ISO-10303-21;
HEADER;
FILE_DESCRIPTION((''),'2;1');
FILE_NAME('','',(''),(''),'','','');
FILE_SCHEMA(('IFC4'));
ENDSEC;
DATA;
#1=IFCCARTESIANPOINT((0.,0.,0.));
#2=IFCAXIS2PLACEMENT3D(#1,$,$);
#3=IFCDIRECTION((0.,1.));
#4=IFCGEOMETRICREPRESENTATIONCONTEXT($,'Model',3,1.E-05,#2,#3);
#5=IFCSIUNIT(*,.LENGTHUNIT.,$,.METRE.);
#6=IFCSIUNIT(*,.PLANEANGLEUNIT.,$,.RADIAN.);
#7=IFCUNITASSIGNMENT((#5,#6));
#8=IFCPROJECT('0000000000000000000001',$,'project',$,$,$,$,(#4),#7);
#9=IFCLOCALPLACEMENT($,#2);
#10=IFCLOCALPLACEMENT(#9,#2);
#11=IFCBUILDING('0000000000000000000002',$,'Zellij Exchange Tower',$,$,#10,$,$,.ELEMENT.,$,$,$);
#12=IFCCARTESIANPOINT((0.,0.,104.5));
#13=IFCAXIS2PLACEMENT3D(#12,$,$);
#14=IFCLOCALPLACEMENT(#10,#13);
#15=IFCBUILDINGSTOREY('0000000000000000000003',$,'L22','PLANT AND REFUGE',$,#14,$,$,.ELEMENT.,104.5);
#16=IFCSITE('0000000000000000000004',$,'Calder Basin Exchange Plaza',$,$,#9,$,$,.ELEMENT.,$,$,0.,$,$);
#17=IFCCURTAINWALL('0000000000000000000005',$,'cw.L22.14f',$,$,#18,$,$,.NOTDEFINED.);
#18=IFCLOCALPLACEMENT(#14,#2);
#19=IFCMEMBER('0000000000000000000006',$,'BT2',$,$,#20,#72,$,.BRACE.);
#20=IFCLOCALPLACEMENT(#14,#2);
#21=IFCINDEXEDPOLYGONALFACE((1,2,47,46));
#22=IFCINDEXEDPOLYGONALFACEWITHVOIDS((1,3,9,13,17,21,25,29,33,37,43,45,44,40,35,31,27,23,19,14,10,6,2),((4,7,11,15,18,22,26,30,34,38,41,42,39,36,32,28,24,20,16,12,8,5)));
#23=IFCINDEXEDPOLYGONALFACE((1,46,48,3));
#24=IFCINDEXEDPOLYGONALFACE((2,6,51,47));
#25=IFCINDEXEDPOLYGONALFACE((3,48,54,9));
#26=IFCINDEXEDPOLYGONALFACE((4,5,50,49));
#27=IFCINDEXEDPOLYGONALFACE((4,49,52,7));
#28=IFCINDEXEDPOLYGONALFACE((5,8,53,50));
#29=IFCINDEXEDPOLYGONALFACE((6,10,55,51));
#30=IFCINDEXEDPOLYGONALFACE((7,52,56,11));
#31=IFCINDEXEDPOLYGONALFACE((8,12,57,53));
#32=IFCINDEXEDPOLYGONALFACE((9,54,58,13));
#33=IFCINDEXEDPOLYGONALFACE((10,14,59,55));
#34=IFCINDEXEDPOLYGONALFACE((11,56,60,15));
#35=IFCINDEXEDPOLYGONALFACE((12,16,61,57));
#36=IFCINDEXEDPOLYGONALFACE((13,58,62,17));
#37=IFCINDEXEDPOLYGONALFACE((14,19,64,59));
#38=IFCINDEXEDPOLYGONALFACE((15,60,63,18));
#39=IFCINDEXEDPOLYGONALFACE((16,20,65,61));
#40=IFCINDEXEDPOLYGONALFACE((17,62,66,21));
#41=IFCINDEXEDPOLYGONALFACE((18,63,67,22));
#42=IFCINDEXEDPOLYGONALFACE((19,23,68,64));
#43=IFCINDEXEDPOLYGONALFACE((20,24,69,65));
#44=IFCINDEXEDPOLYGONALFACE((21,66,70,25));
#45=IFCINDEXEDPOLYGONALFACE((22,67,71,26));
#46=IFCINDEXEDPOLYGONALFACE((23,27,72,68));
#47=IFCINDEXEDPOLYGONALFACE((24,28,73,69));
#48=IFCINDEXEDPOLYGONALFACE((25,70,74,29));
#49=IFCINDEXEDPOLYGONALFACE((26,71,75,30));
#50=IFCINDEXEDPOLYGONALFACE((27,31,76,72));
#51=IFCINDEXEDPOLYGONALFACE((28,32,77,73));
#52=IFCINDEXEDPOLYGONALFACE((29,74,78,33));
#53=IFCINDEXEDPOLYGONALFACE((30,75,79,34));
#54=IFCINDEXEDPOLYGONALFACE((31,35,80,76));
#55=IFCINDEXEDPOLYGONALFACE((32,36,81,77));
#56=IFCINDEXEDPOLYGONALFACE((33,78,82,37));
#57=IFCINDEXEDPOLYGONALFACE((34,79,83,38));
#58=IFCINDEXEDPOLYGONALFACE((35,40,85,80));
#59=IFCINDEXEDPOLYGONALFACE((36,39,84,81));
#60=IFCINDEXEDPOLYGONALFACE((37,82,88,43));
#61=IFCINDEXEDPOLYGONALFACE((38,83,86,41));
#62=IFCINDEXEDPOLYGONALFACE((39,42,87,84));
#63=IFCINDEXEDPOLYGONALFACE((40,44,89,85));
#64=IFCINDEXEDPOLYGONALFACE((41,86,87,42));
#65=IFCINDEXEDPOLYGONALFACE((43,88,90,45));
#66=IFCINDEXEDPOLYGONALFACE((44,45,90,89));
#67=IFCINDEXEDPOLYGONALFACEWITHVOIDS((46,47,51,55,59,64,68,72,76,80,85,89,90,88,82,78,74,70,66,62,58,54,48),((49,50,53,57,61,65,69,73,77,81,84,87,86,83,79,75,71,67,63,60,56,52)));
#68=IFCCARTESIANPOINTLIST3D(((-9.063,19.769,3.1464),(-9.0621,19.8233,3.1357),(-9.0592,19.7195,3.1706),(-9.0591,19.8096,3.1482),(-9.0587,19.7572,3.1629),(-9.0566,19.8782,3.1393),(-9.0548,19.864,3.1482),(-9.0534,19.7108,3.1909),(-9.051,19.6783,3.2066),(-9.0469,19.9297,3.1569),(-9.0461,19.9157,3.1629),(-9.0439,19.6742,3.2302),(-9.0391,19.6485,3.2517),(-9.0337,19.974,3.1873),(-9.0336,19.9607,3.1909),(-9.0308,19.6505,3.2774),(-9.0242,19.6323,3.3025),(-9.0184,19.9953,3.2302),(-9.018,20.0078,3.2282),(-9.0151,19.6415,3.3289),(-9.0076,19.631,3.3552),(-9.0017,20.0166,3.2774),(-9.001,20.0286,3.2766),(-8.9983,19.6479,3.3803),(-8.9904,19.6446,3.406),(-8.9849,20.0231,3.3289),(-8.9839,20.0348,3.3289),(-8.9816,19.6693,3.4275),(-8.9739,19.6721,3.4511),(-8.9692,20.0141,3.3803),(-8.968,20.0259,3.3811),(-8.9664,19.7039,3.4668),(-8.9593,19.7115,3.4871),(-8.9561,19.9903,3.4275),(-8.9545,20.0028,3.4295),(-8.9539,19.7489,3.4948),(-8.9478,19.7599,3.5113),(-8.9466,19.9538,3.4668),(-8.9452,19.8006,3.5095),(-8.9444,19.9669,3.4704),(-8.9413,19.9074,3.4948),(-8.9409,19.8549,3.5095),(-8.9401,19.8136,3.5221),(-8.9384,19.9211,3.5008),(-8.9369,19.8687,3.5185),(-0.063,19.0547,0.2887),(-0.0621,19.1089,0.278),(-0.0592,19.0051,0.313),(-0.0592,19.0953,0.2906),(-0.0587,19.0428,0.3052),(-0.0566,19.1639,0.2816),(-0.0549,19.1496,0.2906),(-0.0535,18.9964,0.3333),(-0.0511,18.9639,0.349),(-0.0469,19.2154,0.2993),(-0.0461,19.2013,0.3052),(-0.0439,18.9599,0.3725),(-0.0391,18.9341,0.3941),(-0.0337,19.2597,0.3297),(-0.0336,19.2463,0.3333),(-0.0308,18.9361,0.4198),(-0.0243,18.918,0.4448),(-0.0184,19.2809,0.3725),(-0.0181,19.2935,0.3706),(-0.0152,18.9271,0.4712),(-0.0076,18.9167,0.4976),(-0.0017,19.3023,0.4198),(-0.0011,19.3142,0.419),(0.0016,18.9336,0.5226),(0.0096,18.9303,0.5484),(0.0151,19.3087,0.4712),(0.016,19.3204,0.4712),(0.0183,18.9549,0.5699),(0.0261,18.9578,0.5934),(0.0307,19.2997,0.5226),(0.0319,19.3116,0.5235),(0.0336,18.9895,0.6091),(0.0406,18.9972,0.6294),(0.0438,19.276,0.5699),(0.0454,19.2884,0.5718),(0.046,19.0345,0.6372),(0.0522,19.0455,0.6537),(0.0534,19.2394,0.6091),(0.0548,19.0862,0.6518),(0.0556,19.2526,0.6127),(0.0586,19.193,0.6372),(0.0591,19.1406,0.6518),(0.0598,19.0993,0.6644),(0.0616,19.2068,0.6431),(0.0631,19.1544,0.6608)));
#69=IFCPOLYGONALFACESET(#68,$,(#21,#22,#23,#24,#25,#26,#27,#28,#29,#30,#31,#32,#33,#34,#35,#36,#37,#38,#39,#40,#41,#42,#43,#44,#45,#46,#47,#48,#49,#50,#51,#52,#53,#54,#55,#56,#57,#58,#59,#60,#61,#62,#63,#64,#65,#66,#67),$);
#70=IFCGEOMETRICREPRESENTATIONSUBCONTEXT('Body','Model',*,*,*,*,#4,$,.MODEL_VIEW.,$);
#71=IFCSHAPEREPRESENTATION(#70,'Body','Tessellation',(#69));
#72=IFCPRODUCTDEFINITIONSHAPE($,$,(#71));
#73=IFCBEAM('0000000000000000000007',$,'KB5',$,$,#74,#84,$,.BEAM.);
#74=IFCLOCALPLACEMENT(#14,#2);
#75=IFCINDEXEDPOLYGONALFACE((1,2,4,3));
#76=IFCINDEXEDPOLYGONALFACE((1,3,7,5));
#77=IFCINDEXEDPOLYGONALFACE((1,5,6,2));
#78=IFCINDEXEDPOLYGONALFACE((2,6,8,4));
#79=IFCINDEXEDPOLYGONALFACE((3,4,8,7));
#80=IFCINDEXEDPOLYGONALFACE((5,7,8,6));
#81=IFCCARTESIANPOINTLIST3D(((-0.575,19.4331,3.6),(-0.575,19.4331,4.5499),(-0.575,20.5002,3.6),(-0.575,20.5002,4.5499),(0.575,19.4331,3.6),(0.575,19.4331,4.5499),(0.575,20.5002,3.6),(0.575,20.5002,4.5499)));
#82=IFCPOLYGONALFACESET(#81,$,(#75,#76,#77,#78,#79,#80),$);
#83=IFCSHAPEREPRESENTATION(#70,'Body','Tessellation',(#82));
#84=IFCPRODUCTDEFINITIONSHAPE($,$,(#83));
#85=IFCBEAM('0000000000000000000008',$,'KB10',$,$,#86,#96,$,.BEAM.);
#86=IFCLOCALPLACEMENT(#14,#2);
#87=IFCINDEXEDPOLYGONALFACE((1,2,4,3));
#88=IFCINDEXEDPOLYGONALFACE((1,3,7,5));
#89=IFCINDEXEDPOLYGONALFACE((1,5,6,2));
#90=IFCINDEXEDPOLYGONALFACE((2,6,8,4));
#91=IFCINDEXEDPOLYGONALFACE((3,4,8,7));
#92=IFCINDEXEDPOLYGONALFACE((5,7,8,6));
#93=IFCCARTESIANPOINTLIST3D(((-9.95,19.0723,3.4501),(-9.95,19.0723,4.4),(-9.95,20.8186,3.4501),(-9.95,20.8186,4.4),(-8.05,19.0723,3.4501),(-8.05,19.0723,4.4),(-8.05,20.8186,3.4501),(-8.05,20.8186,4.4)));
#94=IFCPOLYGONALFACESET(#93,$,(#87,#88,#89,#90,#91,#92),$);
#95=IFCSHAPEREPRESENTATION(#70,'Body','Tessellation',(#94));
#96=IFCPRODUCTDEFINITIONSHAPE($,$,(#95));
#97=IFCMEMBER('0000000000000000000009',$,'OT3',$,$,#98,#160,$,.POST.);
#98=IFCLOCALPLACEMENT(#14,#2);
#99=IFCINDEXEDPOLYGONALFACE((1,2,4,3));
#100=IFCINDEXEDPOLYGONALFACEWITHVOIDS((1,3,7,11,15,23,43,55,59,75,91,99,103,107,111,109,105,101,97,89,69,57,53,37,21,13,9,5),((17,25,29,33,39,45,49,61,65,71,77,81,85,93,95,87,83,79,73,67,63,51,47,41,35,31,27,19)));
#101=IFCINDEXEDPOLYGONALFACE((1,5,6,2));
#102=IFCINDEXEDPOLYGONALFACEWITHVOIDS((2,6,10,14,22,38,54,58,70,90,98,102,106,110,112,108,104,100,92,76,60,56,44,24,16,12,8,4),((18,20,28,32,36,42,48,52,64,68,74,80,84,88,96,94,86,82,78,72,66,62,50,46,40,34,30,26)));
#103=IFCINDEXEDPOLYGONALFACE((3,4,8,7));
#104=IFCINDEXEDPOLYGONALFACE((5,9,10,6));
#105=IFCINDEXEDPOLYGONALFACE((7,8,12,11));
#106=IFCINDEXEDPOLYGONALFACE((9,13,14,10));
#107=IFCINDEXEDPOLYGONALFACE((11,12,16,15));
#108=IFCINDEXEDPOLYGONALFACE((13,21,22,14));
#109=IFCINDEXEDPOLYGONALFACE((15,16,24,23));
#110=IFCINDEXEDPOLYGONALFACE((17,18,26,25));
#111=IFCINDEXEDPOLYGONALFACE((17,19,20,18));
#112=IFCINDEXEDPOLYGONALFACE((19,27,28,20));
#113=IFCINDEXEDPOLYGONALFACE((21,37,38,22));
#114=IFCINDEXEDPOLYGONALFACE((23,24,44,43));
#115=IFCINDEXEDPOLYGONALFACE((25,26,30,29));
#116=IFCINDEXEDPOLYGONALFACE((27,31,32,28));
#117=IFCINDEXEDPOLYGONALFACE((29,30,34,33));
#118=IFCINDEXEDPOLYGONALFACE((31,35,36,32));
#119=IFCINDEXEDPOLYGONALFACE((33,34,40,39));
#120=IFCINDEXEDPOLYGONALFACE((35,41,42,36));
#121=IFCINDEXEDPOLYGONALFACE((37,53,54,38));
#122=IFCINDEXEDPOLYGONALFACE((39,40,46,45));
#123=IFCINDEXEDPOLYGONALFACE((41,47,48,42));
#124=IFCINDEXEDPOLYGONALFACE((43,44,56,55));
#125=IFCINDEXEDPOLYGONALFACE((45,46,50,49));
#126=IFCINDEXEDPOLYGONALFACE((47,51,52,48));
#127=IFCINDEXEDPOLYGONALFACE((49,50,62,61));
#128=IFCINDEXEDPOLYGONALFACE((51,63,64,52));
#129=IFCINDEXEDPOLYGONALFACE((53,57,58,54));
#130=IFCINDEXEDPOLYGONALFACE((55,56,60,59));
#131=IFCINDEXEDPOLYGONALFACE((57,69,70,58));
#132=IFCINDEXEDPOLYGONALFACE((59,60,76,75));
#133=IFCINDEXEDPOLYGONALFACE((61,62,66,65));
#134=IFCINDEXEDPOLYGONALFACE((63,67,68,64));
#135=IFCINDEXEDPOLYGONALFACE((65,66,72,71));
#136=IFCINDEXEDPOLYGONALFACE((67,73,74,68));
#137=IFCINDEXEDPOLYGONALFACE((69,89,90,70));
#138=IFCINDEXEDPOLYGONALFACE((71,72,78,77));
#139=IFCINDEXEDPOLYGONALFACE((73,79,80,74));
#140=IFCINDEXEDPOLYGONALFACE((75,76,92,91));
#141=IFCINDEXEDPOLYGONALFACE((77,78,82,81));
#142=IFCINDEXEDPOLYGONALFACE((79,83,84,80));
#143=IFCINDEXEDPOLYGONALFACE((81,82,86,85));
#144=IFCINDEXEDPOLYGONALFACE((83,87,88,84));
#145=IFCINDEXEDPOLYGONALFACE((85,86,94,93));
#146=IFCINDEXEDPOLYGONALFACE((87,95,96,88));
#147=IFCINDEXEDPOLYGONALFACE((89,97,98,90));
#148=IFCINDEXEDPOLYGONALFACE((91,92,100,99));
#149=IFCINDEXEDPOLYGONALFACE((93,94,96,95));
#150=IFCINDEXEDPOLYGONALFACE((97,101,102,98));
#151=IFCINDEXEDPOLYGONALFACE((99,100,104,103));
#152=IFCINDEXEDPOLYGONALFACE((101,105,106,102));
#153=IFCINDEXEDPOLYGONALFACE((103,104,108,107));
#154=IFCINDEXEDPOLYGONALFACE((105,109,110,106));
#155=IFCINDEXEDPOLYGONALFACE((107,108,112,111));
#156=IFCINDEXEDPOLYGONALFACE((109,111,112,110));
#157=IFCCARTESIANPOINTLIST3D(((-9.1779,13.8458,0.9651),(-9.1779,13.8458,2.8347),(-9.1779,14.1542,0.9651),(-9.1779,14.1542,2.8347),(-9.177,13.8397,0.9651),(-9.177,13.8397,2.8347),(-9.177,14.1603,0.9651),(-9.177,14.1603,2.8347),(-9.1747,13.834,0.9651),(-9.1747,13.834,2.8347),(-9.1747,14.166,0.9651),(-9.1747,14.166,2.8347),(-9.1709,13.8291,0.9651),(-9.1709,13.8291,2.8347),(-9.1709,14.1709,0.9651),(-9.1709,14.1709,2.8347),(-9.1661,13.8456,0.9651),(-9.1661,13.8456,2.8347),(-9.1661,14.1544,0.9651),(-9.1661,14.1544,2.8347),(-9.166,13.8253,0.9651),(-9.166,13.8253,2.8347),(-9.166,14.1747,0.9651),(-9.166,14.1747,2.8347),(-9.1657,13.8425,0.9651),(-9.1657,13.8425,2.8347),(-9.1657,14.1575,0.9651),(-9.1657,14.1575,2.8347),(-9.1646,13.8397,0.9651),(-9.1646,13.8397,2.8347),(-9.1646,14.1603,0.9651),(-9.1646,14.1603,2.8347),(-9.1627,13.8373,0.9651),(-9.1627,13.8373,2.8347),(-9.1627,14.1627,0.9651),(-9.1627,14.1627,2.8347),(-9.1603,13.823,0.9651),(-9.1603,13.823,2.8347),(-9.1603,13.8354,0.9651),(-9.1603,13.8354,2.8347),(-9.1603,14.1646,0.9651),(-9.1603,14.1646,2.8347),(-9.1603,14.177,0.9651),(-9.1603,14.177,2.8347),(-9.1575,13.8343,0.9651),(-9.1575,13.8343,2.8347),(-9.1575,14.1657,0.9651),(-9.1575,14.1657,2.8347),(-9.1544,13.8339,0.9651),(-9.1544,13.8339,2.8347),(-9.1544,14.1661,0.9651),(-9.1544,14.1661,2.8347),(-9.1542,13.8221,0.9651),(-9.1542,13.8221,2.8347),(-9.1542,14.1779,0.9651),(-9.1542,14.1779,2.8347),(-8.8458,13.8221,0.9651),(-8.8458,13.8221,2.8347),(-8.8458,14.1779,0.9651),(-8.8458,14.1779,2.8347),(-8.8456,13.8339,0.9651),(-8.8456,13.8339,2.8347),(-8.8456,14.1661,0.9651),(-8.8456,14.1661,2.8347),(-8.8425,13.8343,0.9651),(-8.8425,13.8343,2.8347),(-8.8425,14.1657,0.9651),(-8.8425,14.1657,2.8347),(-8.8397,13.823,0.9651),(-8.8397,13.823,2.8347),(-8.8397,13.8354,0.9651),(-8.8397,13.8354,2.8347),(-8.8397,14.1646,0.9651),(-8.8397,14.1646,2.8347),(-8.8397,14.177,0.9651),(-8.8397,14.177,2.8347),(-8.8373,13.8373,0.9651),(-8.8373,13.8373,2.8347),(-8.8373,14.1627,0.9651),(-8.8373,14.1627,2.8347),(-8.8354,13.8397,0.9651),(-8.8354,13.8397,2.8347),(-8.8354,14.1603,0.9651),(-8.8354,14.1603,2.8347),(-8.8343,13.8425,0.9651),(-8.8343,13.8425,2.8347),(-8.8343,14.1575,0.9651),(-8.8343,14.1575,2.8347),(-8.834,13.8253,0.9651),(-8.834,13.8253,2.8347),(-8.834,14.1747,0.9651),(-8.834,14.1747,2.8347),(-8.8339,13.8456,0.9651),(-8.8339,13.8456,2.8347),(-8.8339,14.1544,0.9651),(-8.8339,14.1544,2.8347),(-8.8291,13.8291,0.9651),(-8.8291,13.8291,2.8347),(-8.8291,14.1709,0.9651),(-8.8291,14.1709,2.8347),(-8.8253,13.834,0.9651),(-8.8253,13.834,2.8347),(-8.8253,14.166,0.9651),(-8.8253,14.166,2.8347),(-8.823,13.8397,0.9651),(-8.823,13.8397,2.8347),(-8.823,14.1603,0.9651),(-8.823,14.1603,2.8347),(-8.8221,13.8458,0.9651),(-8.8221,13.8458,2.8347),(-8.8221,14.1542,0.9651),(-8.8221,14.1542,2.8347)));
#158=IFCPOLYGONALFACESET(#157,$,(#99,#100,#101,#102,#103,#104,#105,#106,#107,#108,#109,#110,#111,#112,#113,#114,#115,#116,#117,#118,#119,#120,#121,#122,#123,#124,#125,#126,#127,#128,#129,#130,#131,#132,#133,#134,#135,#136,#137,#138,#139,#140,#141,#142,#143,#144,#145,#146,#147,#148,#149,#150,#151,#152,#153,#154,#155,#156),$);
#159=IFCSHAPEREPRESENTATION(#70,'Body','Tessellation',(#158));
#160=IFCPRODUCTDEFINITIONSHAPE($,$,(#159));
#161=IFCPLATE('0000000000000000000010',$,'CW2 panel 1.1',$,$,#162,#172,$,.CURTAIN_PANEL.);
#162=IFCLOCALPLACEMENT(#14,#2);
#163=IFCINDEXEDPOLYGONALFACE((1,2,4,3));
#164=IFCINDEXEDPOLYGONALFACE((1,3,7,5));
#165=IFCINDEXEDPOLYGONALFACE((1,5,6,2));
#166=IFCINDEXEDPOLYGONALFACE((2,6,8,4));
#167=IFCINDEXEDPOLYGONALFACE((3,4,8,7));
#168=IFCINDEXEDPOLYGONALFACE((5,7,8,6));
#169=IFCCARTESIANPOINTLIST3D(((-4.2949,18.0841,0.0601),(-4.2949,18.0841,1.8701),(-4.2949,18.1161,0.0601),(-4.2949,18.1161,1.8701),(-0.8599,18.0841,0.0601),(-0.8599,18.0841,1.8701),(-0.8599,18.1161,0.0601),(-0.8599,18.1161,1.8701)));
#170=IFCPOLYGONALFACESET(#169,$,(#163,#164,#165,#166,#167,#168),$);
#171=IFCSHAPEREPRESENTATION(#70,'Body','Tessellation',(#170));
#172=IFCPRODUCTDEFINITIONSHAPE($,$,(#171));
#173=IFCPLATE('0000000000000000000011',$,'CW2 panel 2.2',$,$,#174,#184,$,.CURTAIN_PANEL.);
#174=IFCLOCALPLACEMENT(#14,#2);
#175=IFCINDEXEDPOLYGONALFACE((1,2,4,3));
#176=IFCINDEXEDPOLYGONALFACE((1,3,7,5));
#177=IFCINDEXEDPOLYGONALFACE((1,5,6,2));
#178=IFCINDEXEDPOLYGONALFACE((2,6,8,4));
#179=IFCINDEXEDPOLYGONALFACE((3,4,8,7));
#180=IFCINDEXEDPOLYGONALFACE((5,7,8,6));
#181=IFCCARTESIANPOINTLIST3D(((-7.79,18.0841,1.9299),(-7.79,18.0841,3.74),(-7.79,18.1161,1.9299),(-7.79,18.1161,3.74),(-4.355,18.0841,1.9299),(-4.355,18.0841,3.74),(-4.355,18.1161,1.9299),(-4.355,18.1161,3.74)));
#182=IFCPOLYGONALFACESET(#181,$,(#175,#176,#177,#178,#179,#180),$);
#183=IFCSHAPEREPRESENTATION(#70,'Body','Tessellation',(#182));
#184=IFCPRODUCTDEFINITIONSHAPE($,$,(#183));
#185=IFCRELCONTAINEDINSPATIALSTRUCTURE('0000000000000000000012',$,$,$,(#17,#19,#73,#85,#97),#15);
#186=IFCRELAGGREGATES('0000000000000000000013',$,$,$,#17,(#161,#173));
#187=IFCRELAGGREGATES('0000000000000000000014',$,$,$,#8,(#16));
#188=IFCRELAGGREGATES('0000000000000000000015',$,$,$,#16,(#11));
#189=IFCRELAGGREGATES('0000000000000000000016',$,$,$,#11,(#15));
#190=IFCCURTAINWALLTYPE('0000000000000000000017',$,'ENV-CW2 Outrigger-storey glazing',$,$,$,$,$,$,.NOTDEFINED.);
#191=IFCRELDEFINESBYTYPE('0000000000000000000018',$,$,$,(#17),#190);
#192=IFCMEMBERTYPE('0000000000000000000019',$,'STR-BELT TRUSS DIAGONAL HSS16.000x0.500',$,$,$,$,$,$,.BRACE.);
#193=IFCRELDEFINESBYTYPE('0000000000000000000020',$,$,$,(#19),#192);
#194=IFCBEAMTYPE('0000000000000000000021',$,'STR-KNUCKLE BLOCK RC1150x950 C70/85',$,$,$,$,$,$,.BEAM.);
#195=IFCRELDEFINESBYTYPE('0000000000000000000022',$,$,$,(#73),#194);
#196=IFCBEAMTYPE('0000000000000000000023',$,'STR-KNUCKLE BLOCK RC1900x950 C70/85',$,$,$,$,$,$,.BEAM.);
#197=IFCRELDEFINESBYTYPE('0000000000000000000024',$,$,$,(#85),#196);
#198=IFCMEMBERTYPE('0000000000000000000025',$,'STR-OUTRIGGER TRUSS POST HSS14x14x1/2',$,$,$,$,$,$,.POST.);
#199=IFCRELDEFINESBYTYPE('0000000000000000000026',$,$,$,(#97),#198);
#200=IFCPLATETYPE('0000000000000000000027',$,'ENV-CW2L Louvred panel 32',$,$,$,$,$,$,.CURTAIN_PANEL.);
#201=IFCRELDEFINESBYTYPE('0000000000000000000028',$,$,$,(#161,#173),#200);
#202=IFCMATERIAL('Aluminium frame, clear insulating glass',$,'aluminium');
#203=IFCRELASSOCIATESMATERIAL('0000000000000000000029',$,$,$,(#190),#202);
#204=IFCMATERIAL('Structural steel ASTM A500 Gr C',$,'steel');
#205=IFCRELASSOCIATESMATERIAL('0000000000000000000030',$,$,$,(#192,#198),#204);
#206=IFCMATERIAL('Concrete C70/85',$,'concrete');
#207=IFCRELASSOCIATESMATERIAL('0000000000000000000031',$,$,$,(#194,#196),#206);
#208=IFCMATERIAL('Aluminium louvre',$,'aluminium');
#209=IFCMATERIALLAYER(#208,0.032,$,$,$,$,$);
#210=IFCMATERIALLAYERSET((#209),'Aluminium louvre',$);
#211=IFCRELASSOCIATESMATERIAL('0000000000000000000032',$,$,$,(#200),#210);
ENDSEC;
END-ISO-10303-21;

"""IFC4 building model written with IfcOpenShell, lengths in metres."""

from ifc_helpers import new_model, si_unit, direction, frame, origin, origin_2d, place, context, subcontext, project, spatial, rectangle, hollow_rectangle, hollow_circle, extrude, material, layer, layer_set, material_profile, profile_set, type_object, element, aggregate, save


model = new_model("IFC4")

# Units and contexts
model_context = context("Model", 3, precision=1e-05, world=origin(), true_north=direction((0.0, 1.0)))
body_context = subcontext(model_context, "Body", "Model", "MODEL_VIEW")
ifc_project = project(units=[si_unit("LENGTHUNIT", "METRE"), si_unit("PLANEANGLEUNIT", "RADIAN")], contexts=[model_context])

# Site, building, storey
site_placement = place(None, origin())
site = spatial("IfcSite", under=ifc_project, at=site_placement, Name="Calder Basin Exchange Plaza", CompositionType="ELEMENT", RefElevation=0.0)
building_placement = place(site_placement, origin())
building = spatial("IfcBuilding", under=site, at=building_placement, Name="Zellij Exchange Tower", CompositionType="ELEMENT")
storey_placement = place(building_placement, frame((0.0, 0.0, 104.5)))
storey = spatial("IfcBuildingStorey", under=building, at=storey_placement, Name="L22", Description="PLANT AND REFUGE", CompositionType="ELEMENT", Elevation=104.5)

# Shared definitions
ifc_material_1 = material(Name="Concrete C70/85", Category="concrete")

# Curtain wall
ifc_material_2 = material(Name="Aluminium frame, clear insulating glass", Category="aluminium")
curtain_wall_type = type_object("IfcCurtainWallType", Name="ENV-CW2 Outrigger-storey glazing", PredefinedType="NOTDEFINED", material=ifc_material_2)
curtain_wall_placement = place(storey_placement, origin())
curtain_wall = element("IfcCurtainWall", 1, at=curtain_wall_placement, inside=storey, type_object=curtain_wall_type, Name="cw.L22.14f", PredefinedType="NOTDEFINED")

# Member
ifc_material_3 = material(Name="Structural steel ASTM A500 Gr C", Category="steel")
ifc_material_profile_1 = material_profile(ifc_material_3, hollow_circle(Radius=0.2031, WallThickness=0.0117, at=origin_2d()), Name="STR-BELT TRUSS DIAGONAL HSS16.000x0.500")
ifc_profile_set_1 = profile_set([ifc_material_profile_1], Name="Structural steel ASTM A500 Gr C")
member_type_1 = type_object("IfcMemberType", Name="STR-BELT TRUSS DIAGONAL HSS16.000x0.500", PredefinedType="BRACE", material=ifc_profile_set_1)
member_1_placement = place(storey_placement, frame((-9.0, 19.8323, 3.3289), z_axis=(0.950393, -0.075435, -0.301767), x_axis=(0.079124, 0.996865, 0.0)))
element("IfcMember", 2, at=member_1_placement, inside=storey, type_object=member_type_1, Name="BT2", PredefinedType="BRACE", context=body_context, shape_type="SweptSolid", body=[
    extrude(hollow_circle(Radius=0.2031, WallThickness=0.0117, at=origin_2d()), origin(), (0.0, 0.0, 1.0), 9.4697),
])

# Beams
ifc_material_profile_2 = material_profile(ifc_material_1, rectangle(XDim=1.1499, YDim=0.95, at=origin_2d()), Name="STR-KNUCKLE BLOCK RC1150x950 C70/85")
ifc_profile_set_2 = profile_set([ifc_material_profile_2], Name="Concrete C70/85")
beam_type_1 = type_object("IfcBeamType", Name="STR-KNUCKLE BLOCK RC1150x950 C70/85", PredefinedType="BEAM", material=ifc_profile_set_2)
beam_1_placement = place(storey_placement, frame((0.0, 19.4331, 4.075), z_axis=(0.0, 1.0, 0.0), x_axis=(-1.0, 0.0, 0.0)))
element("IfcBeam", 3, at=beam_1_placement, inside=storey, type_object=beam_type_1, Name="KB5", PredefinedType="BEAM", context=body_context, shape_type="SweptSolid", body=[
    extrude(rectangle(XDim=1.1499, YDim=0.95, at=origin_2d()), origin(), (0.0, 0.0, 1.0), 1.0671),
])
ifc_material_profile_3 = material_profile(ifc_material_1, rectangle(XDim=1.8999, YDim=0.95, at=origin_2d()), Name="STR-KNUCKLE BLOCK RC1900x950 C70/85")
ifc_profile_set_3 = profile_set([ifc_material_profile_3], Name="Concrete C70/85")
beam_type_2 = type_object("IfcBeamType", Name="STR-KNUCKLE BLOCK RC1900x950 C70/85", PredefinedType="BEAM", material=ifc_profile_set_3)
beam_2_placement = place(storey_placement, frame((-9.0, 19.0723, 3.925), z_axis=(0.0, 1.0, 0.0), x_axis=(-1.0, 0.0, 0.0)))
element("IfcBeam", 4, at=beam_2_placement, inside=storey, type_object=beam_type_2, Name="KB10", PredefinedType="BEAM", context=body_context, shape_type="SweptSolid", body=[
    extrude(rectangle(XDim=1.8999, YDim=0.95, at=origin_2d()), origin(), (0.0, 0.0, 1.0), 1.7463),
])

# Member
ifc_material_profile_4 = material_profile(ifc_material_3, hollow_rectangle(XDim=0.3557, YDim=0.3557, WallThickness=0.0117, InnerFilletRadius=0.0117, OuterFilletRadius=0.0237, at=origin_2d()), Name="STR-OUTRIGGER TRUSS POST HSS14x14x1/2")
ifc_profile_set_4 = profile_set([ifc_material_profile_4], Name="Structural steel ASTM A500 Gr C")
member_type_2 = type_object("IfcMemberType", Name="STR-OUTRIGGER TRUSS POST HSS14x14x1/2", PredefinedType="POST", material=ifc_profile_set_4)
member_2_placement = place(storey_placement, frame((-9.0, 14.0, 0.9651), z_axis=(0.0, 0.0, 1.0), x_axis=(1.0, 0.0, 0.0)))
element("IfcMember", 5, at=member_2_placement, inside=storey, type_object=member_type_2, Name="OT3", PredefinedType="POST", context=body_context, shape_type="SweptSolid", body=[
    extrude(hollow_rectangle(XDim=0.3557, YDim=0.3557, WallThickness=0.0117, InnerFilletRadius=0.0117, OuterFilletRadius=0.0237, at=origin_2d()), origin(), (0.0, 0.0, 1.0), 1.8696),
])

# Plates
ifc_material_4 = material(Name="Aluminium louvre", Category="aluminium")
ifc_layer_1 = layer(ifc_material_4, 0.032)
ifc_layer_set_1 = layer_set([ifc_layer_1], Name="Aluminium louvre")
plate_type_1 = type_object("IfcPlateType", Name="ENV-CW2L Louvred panel 32", PredefinedType="CURTAIN_PANEL", material=ifc_layer_set_1)
plate_1_placement = place(storey_placement, frame((-2.5774, 18.1001, 0.0601), z_axis=(0.0, 0.0, 1.0), x_axis=(-1.0, 0.0, 0.0)))
plate_1 = element("IfcPlate", 6, at=plate_1_placement, type_object=plate_type_1, Name="CW2 panel 1.1", PredefinedType="CURTAIN_PANEL", context=body_context, shape_type="SweptSolid", body=[
    extrude(rectangle(XDim=3.4351, YDim=0.032, at=origin_2d()), origin(), (0.0, 0.0, 1.0), 1.8101),
])
plate_2_placement = place(storey_placement, frame((-6.0725, 18.1001, 1.9299), z_axis=(0.0, 0.0, 1.0), x_axis=(-1.0, 0.0, 0.0)))
plate_2 = element("IfcPlate", 7, at=plate_2_placement, type_object=plate_type_1, Name="CW2 panel 2.2", PredefinedType="CURTAIN_PANEL", context=body_context, shape_type="SweptSolid", body=[
    extrude(rectangle(XDim=3.4351, YDim=0.032, at=origin_2d()), origin(), (0.0, 0.0, 1.0), 1.8101),
])
aggregate(curtain_wall, [plate_1, plate_2])

save(model, "model.ifc")
